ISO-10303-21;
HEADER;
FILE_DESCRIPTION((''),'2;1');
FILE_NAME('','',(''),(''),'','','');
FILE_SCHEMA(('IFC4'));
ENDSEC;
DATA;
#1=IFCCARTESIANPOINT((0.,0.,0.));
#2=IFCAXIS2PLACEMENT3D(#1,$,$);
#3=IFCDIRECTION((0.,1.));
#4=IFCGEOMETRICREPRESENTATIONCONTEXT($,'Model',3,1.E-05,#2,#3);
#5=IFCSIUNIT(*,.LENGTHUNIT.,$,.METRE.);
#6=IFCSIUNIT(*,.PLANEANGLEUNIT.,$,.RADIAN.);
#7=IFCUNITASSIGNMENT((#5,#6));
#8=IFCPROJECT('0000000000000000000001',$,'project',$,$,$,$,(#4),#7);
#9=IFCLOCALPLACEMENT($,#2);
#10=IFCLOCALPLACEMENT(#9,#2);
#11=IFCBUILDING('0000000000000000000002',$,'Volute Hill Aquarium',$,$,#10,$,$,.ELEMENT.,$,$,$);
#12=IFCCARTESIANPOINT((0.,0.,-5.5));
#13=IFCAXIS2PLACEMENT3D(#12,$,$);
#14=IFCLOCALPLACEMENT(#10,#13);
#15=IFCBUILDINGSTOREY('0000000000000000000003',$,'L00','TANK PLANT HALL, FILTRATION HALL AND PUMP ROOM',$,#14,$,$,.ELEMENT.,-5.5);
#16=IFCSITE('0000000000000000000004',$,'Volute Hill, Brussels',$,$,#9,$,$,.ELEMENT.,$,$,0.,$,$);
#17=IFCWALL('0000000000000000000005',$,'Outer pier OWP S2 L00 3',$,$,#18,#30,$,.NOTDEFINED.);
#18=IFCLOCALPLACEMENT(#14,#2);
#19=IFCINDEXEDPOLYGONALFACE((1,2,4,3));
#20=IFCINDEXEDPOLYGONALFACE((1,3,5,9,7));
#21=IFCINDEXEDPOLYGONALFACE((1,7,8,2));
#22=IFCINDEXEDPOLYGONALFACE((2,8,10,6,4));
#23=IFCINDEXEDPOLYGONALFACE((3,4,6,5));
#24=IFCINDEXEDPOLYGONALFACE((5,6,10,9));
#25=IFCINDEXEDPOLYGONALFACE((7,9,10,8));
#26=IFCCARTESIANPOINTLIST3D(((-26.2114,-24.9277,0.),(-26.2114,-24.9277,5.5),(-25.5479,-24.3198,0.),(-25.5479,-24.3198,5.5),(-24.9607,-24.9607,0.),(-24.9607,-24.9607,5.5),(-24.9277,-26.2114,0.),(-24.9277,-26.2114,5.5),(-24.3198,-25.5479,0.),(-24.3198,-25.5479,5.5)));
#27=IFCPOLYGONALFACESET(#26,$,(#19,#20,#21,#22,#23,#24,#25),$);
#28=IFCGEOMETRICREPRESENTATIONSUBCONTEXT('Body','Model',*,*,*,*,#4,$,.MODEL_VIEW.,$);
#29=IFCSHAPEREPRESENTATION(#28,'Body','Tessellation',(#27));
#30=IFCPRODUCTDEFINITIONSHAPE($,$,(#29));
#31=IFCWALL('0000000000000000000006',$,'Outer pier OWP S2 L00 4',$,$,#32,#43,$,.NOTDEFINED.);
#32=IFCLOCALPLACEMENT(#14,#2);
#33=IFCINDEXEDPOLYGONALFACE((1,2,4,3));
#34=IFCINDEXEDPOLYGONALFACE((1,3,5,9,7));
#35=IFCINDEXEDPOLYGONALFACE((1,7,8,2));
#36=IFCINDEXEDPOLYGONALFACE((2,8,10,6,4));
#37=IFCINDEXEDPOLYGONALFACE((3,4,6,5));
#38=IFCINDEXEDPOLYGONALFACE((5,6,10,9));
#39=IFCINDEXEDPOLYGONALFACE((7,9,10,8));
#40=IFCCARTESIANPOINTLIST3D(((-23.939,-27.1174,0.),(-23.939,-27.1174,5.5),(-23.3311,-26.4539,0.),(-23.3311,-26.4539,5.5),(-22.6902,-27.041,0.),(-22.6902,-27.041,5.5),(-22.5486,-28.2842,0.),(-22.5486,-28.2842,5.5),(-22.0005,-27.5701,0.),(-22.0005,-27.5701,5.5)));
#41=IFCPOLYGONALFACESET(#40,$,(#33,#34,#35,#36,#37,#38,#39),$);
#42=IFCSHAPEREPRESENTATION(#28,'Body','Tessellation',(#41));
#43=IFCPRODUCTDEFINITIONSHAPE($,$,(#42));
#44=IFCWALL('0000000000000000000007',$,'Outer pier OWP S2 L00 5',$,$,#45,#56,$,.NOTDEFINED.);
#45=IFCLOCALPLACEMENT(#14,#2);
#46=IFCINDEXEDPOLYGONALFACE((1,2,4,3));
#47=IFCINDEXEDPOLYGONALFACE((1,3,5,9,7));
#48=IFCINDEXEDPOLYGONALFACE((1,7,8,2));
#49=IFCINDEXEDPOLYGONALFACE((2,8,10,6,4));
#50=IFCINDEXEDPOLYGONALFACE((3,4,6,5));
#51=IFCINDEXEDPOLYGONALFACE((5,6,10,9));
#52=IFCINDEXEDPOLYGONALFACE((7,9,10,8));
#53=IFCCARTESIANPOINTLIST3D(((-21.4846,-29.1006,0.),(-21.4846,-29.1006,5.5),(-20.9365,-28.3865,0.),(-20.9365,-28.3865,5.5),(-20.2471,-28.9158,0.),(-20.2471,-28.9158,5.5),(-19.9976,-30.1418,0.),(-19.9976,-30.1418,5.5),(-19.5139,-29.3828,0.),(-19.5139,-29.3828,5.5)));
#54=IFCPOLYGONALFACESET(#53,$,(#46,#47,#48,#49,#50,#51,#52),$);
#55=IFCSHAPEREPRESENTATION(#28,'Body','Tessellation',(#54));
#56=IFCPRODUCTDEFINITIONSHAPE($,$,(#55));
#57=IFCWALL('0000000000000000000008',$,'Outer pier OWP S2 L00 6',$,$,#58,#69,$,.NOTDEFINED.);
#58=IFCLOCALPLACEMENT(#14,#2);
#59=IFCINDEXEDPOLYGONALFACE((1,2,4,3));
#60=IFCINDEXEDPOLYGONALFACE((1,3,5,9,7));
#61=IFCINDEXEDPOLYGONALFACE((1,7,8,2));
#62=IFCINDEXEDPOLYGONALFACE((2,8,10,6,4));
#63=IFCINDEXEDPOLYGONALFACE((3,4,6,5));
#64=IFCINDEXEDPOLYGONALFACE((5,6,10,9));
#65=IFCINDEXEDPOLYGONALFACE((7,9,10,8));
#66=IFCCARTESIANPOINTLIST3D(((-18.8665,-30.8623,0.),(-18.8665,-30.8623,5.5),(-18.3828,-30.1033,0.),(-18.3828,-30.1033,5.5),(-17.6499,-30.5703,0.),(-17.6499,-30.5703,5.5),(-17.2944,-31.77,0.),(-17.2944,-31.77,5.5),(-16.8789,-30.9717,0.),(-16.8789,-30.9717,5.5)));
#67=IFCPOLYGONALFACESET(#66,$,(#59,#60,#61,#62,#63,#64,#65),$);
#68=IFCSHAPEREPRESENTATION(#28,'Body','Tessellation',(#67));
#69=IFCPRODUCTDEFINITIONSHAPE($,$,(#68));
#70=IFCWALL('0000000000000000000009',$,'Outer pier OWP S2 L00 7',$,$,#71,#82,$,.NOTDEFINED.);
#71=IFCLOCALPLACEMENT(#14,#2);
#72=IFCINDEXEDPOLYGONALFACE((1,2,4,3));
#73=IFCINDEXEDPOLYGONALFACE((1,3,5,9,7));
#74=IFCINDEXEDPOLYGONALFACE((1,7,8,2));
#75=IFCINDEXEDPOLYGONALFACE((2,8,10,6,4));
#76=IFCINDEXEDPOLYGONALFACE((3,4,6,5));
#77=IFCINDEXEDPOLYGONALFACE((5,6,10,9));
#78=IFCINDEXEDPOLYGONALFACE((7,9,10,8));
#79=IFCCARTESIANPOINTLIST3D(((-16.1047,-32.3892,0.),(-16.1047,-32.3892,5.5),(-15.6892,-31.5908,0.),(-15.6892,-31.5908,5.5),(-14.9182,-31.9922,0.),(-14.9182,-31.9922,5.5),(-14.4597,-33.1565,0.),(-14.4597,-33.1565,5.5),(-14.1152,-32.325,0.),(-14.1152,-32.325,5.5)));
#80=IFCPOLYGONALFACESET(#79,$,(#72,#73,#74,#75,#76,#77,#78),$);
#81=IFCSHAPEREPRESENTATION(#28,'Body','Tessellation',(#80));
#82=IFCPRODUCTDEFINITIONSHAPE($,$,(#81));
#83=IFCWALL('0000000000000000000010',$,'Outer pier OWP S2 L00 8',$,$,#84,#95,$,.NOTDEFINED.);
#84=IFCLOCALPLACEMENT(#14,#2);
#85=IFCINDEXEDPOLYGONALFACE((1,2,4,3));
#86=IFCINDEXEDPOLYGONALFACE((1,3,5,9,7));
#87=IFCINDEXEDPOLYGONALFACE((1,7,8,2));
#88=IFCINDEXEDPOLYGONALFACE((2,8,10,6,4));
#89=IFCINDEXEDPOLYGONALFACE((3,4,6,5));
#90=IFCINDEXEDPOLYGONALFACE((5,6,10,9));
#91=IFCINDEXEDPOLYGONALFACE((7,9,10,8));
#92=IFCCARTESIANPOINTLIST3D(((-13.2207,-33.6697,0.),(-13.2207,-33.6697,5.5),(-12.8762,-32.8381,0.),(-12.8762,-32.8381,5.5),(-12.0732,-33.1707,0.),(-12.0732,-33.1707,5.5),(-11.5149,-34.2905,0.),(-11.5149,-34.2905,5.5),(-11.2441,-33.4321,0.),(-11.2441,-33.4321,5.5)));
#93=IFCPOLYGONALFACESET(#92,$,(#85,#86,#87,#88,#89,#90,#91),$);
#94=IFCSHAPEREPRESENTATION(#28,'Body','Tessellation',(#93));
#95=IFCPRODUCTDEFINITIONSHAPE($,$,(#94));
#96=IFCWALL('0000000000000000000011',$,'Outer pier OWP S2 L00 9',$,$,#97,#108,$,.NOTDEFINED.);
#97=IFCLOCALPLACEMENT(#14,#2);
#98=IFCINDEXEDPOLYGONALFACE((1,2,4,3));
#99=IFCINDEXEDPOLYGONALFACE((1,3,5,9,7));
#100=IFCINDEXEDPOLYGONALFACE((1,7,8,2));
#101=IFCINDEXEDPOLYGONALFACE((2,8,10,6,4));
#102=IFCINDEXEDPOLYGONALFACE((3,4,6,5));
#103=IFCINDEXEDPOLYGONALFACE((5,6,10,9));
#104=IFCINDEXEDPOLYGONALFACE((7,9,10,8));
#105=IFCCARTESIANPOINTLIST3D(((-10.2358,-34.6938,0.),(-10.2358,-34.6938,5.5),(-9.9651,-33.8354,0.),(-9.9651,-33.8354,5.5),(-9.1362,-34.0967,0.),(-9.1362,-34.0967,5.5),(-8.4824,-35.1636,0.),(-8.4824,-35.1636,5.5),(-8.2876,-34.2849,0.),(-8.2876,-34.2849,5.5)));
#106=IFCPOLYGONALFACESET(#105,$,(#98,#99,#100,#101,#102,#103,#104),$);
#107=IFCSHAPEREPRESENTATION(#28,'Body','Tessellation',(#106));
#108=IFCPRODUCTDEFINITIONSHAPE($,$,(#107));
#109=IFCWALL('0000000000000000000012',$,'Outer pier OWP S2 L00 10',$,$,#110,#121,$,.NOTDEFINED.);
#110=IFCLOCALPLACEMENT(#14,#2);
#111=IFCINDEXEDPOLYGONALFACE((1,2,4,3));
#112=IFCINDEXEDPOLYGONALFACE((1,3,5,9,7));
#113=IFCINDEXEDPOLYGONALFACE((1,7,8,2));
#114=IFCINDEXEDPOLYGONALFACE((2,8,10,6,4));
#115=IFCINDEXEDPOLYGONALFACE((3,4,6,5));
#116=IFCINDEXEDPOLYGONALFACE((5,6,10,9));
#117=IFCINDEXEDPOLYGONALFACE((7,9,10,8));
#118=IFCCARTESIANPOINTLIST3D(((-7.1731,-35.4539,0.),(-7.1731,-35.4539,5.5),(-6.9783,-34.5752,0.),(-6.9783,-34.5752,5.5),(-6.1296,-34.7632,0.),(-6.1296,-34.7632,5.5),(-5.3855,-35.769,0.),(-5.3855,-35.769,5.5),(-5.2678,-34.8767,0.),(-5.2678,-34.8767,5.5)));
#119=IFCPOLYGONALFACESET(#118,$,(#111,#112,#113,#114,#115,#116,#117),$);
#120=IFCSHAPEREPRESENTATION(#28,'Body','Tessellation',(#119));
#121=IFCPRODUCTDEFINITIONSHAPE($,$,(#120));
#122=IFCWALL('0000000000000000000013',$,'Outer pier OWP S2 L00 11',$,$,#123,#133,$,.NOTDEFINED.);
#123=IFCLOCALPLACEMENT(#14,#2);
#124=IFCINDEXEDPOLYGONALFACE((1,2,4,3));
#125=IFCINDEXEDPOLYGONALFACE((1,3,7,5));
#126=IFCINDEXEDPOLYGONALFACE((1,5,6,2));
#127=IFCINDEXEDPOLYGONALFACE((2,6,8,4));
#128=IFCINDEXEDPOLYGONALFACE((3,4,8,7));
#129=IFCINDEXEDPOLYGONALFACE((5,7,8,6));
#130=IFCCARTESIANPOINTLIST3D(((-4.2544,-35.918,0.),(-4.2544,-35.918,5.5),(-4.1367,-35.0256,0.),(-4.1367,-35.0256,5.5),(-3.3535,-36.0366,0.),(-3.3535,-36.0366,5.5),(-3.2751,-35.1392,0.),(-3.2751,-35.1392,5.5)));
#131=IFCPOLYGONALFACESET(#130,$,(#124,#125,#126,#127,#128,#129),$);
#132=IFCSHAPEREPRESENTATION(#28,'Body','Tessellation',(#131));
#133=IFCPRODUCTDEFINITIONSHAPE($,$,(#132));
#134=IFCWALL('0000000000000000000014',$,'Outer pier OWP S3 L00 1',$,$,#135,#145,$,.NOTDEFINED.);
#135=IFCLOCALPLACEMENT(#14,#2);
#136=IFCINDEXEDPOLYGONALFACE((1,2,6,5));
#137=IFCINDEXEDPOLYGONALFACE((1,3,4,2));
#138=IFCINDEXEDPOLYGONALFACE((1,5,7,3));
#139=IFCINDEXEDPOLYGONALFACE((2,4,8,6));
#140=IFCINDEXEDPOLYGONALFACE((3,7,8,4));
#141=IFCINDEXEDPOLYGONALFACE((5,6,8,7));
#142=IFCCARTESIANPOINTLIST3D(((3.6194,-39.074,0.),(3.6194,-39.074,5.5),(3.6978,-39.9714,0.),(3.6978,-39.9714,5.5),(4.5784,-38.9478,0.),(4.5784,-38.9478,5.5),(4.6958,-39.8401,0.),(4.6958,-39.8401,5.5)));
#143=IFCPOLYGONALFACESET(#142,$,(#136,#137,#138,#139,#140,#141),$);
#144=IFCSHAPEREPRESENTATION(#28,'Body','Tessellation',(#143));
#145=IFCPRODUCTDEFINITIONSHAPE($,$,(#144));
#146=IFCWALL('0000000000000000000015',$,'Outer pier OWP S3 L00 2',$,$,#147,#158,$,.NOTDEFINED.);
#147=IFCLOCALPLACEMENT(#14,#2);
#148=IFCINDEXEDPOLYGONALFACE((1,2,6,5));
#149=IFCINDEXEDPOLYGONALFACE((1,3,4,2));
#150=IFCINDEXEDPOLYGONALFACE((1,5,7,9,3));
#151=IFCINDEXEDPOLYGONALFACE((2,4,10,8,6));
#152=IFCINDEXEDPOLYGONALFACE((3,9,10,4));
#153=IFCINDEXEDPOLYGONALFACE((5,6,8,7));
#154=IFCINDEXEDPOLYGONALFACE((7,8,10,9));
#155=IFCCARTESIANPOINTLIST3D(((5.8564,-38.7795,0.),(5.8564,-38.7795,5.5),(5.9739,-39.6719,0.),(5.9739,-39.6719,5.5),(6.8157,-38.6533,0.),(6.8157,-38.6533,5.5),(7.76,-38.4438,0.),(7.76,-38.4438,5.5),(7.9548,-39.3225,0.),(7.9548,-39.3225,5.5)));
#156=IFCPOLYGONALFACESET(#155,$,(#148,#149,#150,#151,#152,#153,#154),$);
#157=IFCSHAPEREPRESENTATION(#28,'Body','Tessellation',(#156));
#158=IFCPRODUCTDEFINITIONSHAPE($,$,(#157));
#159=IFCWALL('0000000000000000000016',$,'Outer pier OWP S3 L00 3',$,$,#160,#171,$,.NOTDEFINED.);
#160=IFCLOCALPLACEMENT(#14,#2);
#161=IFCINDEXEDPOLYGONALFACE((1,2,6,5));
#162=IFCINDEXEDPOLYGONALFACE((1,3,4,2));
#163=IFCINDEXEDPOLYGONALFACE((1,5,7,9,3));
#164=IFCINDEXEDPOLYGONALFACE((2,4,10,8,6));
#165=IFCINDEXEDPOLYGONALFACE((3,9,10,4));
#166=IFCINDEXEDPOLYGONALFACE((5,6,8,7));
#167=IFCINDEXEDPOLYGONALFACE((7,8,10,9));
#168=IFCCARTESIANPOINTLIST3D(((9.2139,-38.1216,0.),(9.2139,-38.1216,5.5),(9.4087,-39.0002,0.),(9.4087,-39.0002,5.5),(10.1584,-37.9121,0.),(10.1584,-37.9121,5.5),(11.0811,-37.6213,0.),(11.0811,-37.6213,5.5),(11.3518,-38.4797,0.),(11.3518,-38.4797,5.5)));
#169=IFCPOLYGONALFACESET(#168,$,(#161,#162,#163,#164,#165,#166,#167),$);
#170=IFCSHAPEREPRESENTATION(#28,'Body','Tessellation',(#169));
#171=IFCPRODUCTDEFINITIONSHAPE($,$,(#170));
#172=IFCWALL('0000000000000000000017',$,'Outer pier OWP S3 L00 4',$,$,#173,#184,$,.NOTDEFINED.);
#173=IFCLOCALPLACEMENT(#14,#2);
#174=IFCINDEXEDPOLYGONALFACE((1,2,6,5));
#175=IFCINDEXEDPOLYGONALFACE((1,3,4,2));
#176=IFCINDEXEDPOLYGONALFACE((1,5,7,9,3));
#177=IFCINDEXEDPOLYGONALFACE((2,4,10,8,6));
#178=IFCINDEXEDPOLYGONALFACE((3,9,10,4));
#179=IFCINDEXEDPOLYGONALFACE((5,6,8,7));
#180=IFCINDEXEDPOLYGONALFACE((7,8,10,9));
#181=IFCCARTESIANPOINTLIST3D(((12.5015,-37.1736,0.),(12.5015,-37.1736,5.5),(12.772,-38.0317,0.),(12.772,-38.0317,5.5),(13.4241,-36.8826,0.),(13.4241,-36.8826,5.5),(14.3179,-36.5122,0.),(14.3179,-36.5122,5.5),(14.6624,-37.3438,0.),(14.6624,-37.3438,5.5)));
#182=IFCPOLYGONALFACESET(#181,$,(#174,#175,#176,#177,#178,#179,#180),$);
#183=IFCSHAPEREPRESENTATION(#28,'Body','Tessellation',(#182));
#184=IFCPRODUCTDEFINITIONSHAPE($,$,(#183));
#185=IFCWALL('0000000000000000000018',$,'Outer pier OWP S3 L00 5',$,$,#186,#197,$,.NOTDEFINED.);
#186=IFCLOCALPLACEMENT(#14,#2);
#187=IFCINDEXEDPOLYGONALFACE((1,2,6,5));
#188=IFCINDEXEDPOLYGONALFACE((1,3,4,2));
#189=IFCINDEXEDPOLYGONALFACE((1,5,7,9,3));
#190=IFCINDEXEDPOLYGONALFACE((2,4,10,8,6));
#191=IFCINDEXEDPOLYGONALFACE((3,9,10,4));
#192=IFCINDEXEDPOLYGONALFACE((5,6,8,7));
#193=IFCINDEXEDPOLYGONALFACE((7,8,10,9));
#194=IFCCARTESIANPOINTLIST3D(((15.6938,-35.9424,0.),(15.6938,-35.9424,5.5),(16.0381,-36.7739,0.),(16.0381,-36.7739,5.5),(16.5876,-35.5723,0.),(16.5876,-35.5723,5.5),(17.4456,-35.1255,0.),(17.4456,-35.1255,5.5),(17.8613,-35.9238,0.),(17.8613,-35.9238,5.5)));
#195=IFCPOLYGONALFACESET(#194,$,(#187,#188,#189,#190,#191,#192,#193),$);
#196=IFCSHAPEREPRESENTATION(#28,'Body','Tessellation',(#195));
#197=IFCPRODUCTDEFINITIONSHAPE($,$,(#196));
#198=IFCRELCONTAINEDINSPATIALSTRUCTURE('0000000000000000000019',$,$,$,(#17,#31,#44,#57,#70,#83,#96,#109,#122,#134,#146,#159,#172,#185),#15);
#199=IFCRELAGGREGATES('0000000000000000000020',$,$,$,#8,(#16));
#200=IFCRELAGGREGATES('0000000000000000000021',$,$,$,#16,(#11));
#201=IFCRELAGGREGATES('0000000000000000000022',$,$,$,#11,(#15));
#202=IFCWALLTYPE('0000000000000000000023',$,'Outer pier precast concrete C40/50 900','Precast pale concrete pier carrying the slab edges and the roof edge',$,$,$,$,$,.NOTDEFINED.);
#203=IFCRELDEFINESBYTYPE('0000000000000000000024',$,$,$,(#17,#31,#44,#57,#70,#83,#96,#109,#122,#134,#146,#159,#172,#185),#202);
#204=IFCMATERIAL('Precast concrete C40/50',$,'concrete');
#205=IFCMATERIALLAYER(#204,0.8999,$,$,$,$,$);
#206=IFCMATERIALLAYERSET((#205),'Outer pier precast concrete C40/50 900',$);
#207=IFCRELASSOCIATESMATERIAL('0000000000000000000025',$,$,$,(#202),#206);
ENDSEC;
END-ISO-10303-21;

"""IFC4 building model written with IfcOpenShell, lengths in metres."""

from ifc_helpers import new_model, si_unit, direction, frame, origin, place, context, subcontext, project, spatial, polyline, outline, extrude, material, layer, layer_set, type_object, element, save


model = new_model("IFC4")

# Units and contexts
model_context = context("Model", 3, precision=1e-05, world=origin(), true_north=direction((0.0, 1.0)))
body_context = subcontext(model_context, "Body", "Model", "MODEL_VIEW")
ifc_project = project(units=[si_unit("LENGTHUNIT", "METRE"), si_unit("PLANEANGLEUNIT", "RADIAN")], contexts=[model_context])

# Site, building, storey
site_placement = place(None, origin())
site = spatial("IfcSite", under=ifc_project, at=site_placement, Name="Volute Hill, Brussels", CompositionType="ELEMENT", RefElevation=0.0)
building_placement = place(site_placement, origin())
building = spatial("IfcBuilding", under=site, at=building_placement, Name="Volute Hill Aquarium", CompositionType="ELEMENT")
storey_placement = place(building_placement, frame((0.0, 0.0, -5.5)))
storey = spatial("IfcBuildingStorey", under=building, at=storey_placement, Name="L00", Description="TANK PLANT HALL, FILTRATION HALL AND PUMP ROOM", CompositionType="ELEMENT", Elevation=-5.5)

# Walls
ifc_material = material(Name="Precast concrete C40/50", Category="concrete")
ifc_layer = layer(ifc_material, 0.8999)
ifc_layer_set = layer_set([ifc_layer], Name="Outer pier precast concrete C40/50 900")
wall_type = type_object("IfcWallType", Name="Outer pier precast concrete C40/50 900", Description="Precast pale concrete pier carrying the slab edges and the roof edge", PredefinedType="NOTDEFINED", material=ifc_layer_set)
wall_1_placement = place(storey_placement, origin())
element("IfcWall", 1, at=wall_1_placement, inside=storey, type_object=wall_type, Name="Outer pier OWP S2 L00 3", PredefinedType="NOTDEFINED", context=body_context, shape_type="SweptSolid", body=[
    extrude(outline(polyline([(-25.5479, -24.3198), (-26.2114, -24.9277), (-24.9277, -26.2114), (-24.3198, -25.5479), (-24.9607, -24.9607), (-25.5479, -24.3198)])), origin(), (0.0, 0.0, 1.0), 5.5),
])
wall_2_placement = place(storey_placement, origin())
element("IfcWall", 2, at=wall_2_placement, inside=storey, type_object=wall_type, Name="Outer pier OWP S2 L00 4", PredefinedType="NOTDEFINED", context=body_context, shape_type="SweptSolid", body=[
    extrude(outline(polyline([(-23.3311, -26.4539), (-23.939, -27.1174), (-22.5486, -28.2842), (-22.0005, -27.5701), (-22.6902, -27.041), (-23.3311, -26.4539)])), origin(), (0.0, 0.0, 1.0), 5.5),
])
wall_3_placement = place(storey_placement, origin())
element("IfcWall", 3, at=wall_3_placement, inside=storey, type_object=wall_type, Name="Outer pier OWP S2 L00 5", PredefinedType="NOTDEFINED", context=body_context, shape_type="SweptSolid", body=[
    extrude(outline(polyline([(-20.9365, -28.3865), (-21.4846, -29.1006), (-19.9976, -30.1418), (-19.5139, -29.3828), (-20.2471, -28.9158), (-20.9365, -28.3865)])), origin(), (0.0, 0.0, 1.0), 5.5),
])
wall_4_placement = place(storey_placement, origin())
element("IfcWall", 4, at=wall_4_placement, inside=storey, type_object=wall_type, Name="Outer pier OWP S2 L00 6", PredefinedType="NOTDEFINED", context=body_context, shape_type="SweptSolid", body=[
    extrude(outline(polyline([(-18.3828, -30.1033), (-18.8665, -30.8623), (-17.2944, -31.77), (-16.8789, -30.9717), (-17.6499, -30.5703), (-18.3828, -30.1033)])), origin(), (0.0, 0.0, 1.0), 5.5),
])
wall_5_placement = place(storey_placement, origin())
element("IfcWall", 5, at=wall_5_placement, inside=storey, type_object=wall_type, Name="Outer pier OWP S2 L00 7", PredefinedType="NOTDEFINED", context=body_context, shape_type="SweptSolid", body=[
    extrude(outline(polyline([(-15.6892, -31.5908), (-16.1047, -32.3892), (-14.4597, -33.1565), (-14.1152, -32.325), (-14.9182, -31.9922), (-15.6892, -31.5908)])), origin(), (0.0, 0.0, 1.0), 5.5),
])
wall_6_placement = place(storey_placement, origin())
element("IfcWall", 6, at=wall_6_placement, inside=storey, type_object=wall_type, Name="Outer pier OWP S2 L00 8", PredefinedType="NOTDEFINED", context=body_context, shape_type="SweptSolid", body=[
    extrude(outline(polyline([(-12.8762, -32.8381), (-13.2207, -33.6697), (-11.5149, -34.2905), (-11.2441, -33.4321), (-12.0732, -33.1707), (-12.8762, -32.8381)])), origin(), (0.0, 0.0, 1.0), 5.5),
])
wall_7_placement = place(storey_placement, origin())
element("IfcWall", 7, at=wall_7_placement, inside=storey, type_object=wall_type, Name="Outer pier OWP S2 L00 9", PredefinedType="NOTDEFINED", context=body_context, shape_type="SweptSolid", body=[
    extrude(outline(polyline([(-9.9651, -33.8354), (-10.2358, -34.6938), (-8.4824, -35.1636), (-8.2876, -34.2849), (-9.1362, -34.0967), (-9.9651, -33.8354)])), origin(), (0.0, 0.0, 1.0), 5.5),
])
wall_8_placement = place(storey_placement, origin())
element("IfcWall", 8, at=wall_8_placement, inside=storey, type_object=wall_type, Name="Outer pier OWP S2 L00 10", PredefinedType="NOTDEFINED", context=body_context, shape_type="SweptSolid", body=[
    extrude(outline(polyline([(-6.9783, -34.5752), (-7.1731, -35.4539), (-5.3855, -35.769), (-5.2678, -34.8767), (-6.1296, -34.7632), (-6.9783, -34.5752)])), origin(), (0.0, 0.0, 1.0), 5.5),
])
wall_9_placement = place(storey_placement, origin())
element("IfcWall", 9, at=wall_9_placement, inside=storey, type_object=wall_type, Name="Outer pier OWP S2 L00 11", PredefinedType="NOTDEFINED", context=body_context, shape_type="SweptSolid", body=[
    extrude(outline(polyline([(-4.1367, -35.0256), (-4.2544, -35.918), (-3.3535, -36.0366), (-3.2751, -35.1392), (-4.1367, -35.0256)])), origin(), (0.0, 0.0, 1.0), 5.5),
])
wall_10_placement = place(storey_placement, origin())
element("IfcWall", 10, at=wall_10_placement, inside=storey, type_object=wall_type, Name="Outer pier OWP S3 L00 1", PredefinedType="NOTDEFINED", context=body_context, shape_type="SweptSolid", body=[
    extrude(outline(polyline([(3.6194, -39.074), (3.6978, -39.9714), (4.6958, -39.8401), (4.5784, -38.9478), (3.6194, -39.074)])), origin(), (0.0, 0.0, 1.0), 5.5),
])
wall_11_placement = place(storey_placement, origin())
element("IfcWall", 11, at=wall_11_placement, inside=storey, type_object=wall_type, Name="Outer pier OWP S3 L00 2", PredefinedType="NOTDEFINED", context=body_context, shape_type="SweptSolid", body=[
    extrude(outline(polyline([(5.8564, -38.7795), (5.9739, -39.6719), (7.9548, -39.3225), (7.76, -38.4438), (6.8157, -38.6533), (5.8564, -38.7795)])), origin(), (0.0, 0.0, 1.0), 5.5),
])
wall_12_placement = place(storey_placement, origin())
element("IfcWall", 12, at=wall_12_placement, inside=storey, type_object=wall_type, Name="Outer pier OWP S3 L00 3", PredefinedType="NOTDEFINED", context=body_context, shape_type="SweptSolid", body=[
    extrude(outline(polyline([(9.2139, -38.1216), (9.4087, -39.0002), (11.3518, -38.4797), (11.0811, -37.6213), (10.1584, -37.9121), (9.2139, -38.1216)])), origin(), (0.0, 0.0, 1.0), 5.5),
])
wall_13_placement = place(storey_placement, origin())
element("IfcWall", 13, at=wall_13_placement, inside=storey, type_object=wall_type, Name="Outer pier OWP S3 L00 4", PredefinedType="NOTDEFINED", context=body_context, shape_type="SweptSolid", body=[
    extrude(outline(polyline([(12.5015, -37.1736), (12.772, -38.0317), (14.6624, -37.3438), (14.3179, -36.5122), (13.4241, -36.8826), (12.5015, -37.1736)])), origin(), (0.0, 0.0, 1.0), 5.5),
])
wall_14_placement = place(storey_placement, origin())
element("IfcWall", 14, at=wall_14_placement, inside=storey, type_object=wall_type, Name="Outer pier OWP S3 L00 5", PredefinedType="NOTDEFINED", context=body_context, shape_type="SweptSolid", body=[
    extrude(outline(polyline([(15.6938, -35.9424), (16.0381, -36.7739), (17.8613, -35.9238), (17.4456, -35.1255), (16.5876, -35.5723), (15.6938, -35.9424)])), origin(), (0.0, 0.0, 1.0), 5.5),
])

save(model, "model.ifc")
